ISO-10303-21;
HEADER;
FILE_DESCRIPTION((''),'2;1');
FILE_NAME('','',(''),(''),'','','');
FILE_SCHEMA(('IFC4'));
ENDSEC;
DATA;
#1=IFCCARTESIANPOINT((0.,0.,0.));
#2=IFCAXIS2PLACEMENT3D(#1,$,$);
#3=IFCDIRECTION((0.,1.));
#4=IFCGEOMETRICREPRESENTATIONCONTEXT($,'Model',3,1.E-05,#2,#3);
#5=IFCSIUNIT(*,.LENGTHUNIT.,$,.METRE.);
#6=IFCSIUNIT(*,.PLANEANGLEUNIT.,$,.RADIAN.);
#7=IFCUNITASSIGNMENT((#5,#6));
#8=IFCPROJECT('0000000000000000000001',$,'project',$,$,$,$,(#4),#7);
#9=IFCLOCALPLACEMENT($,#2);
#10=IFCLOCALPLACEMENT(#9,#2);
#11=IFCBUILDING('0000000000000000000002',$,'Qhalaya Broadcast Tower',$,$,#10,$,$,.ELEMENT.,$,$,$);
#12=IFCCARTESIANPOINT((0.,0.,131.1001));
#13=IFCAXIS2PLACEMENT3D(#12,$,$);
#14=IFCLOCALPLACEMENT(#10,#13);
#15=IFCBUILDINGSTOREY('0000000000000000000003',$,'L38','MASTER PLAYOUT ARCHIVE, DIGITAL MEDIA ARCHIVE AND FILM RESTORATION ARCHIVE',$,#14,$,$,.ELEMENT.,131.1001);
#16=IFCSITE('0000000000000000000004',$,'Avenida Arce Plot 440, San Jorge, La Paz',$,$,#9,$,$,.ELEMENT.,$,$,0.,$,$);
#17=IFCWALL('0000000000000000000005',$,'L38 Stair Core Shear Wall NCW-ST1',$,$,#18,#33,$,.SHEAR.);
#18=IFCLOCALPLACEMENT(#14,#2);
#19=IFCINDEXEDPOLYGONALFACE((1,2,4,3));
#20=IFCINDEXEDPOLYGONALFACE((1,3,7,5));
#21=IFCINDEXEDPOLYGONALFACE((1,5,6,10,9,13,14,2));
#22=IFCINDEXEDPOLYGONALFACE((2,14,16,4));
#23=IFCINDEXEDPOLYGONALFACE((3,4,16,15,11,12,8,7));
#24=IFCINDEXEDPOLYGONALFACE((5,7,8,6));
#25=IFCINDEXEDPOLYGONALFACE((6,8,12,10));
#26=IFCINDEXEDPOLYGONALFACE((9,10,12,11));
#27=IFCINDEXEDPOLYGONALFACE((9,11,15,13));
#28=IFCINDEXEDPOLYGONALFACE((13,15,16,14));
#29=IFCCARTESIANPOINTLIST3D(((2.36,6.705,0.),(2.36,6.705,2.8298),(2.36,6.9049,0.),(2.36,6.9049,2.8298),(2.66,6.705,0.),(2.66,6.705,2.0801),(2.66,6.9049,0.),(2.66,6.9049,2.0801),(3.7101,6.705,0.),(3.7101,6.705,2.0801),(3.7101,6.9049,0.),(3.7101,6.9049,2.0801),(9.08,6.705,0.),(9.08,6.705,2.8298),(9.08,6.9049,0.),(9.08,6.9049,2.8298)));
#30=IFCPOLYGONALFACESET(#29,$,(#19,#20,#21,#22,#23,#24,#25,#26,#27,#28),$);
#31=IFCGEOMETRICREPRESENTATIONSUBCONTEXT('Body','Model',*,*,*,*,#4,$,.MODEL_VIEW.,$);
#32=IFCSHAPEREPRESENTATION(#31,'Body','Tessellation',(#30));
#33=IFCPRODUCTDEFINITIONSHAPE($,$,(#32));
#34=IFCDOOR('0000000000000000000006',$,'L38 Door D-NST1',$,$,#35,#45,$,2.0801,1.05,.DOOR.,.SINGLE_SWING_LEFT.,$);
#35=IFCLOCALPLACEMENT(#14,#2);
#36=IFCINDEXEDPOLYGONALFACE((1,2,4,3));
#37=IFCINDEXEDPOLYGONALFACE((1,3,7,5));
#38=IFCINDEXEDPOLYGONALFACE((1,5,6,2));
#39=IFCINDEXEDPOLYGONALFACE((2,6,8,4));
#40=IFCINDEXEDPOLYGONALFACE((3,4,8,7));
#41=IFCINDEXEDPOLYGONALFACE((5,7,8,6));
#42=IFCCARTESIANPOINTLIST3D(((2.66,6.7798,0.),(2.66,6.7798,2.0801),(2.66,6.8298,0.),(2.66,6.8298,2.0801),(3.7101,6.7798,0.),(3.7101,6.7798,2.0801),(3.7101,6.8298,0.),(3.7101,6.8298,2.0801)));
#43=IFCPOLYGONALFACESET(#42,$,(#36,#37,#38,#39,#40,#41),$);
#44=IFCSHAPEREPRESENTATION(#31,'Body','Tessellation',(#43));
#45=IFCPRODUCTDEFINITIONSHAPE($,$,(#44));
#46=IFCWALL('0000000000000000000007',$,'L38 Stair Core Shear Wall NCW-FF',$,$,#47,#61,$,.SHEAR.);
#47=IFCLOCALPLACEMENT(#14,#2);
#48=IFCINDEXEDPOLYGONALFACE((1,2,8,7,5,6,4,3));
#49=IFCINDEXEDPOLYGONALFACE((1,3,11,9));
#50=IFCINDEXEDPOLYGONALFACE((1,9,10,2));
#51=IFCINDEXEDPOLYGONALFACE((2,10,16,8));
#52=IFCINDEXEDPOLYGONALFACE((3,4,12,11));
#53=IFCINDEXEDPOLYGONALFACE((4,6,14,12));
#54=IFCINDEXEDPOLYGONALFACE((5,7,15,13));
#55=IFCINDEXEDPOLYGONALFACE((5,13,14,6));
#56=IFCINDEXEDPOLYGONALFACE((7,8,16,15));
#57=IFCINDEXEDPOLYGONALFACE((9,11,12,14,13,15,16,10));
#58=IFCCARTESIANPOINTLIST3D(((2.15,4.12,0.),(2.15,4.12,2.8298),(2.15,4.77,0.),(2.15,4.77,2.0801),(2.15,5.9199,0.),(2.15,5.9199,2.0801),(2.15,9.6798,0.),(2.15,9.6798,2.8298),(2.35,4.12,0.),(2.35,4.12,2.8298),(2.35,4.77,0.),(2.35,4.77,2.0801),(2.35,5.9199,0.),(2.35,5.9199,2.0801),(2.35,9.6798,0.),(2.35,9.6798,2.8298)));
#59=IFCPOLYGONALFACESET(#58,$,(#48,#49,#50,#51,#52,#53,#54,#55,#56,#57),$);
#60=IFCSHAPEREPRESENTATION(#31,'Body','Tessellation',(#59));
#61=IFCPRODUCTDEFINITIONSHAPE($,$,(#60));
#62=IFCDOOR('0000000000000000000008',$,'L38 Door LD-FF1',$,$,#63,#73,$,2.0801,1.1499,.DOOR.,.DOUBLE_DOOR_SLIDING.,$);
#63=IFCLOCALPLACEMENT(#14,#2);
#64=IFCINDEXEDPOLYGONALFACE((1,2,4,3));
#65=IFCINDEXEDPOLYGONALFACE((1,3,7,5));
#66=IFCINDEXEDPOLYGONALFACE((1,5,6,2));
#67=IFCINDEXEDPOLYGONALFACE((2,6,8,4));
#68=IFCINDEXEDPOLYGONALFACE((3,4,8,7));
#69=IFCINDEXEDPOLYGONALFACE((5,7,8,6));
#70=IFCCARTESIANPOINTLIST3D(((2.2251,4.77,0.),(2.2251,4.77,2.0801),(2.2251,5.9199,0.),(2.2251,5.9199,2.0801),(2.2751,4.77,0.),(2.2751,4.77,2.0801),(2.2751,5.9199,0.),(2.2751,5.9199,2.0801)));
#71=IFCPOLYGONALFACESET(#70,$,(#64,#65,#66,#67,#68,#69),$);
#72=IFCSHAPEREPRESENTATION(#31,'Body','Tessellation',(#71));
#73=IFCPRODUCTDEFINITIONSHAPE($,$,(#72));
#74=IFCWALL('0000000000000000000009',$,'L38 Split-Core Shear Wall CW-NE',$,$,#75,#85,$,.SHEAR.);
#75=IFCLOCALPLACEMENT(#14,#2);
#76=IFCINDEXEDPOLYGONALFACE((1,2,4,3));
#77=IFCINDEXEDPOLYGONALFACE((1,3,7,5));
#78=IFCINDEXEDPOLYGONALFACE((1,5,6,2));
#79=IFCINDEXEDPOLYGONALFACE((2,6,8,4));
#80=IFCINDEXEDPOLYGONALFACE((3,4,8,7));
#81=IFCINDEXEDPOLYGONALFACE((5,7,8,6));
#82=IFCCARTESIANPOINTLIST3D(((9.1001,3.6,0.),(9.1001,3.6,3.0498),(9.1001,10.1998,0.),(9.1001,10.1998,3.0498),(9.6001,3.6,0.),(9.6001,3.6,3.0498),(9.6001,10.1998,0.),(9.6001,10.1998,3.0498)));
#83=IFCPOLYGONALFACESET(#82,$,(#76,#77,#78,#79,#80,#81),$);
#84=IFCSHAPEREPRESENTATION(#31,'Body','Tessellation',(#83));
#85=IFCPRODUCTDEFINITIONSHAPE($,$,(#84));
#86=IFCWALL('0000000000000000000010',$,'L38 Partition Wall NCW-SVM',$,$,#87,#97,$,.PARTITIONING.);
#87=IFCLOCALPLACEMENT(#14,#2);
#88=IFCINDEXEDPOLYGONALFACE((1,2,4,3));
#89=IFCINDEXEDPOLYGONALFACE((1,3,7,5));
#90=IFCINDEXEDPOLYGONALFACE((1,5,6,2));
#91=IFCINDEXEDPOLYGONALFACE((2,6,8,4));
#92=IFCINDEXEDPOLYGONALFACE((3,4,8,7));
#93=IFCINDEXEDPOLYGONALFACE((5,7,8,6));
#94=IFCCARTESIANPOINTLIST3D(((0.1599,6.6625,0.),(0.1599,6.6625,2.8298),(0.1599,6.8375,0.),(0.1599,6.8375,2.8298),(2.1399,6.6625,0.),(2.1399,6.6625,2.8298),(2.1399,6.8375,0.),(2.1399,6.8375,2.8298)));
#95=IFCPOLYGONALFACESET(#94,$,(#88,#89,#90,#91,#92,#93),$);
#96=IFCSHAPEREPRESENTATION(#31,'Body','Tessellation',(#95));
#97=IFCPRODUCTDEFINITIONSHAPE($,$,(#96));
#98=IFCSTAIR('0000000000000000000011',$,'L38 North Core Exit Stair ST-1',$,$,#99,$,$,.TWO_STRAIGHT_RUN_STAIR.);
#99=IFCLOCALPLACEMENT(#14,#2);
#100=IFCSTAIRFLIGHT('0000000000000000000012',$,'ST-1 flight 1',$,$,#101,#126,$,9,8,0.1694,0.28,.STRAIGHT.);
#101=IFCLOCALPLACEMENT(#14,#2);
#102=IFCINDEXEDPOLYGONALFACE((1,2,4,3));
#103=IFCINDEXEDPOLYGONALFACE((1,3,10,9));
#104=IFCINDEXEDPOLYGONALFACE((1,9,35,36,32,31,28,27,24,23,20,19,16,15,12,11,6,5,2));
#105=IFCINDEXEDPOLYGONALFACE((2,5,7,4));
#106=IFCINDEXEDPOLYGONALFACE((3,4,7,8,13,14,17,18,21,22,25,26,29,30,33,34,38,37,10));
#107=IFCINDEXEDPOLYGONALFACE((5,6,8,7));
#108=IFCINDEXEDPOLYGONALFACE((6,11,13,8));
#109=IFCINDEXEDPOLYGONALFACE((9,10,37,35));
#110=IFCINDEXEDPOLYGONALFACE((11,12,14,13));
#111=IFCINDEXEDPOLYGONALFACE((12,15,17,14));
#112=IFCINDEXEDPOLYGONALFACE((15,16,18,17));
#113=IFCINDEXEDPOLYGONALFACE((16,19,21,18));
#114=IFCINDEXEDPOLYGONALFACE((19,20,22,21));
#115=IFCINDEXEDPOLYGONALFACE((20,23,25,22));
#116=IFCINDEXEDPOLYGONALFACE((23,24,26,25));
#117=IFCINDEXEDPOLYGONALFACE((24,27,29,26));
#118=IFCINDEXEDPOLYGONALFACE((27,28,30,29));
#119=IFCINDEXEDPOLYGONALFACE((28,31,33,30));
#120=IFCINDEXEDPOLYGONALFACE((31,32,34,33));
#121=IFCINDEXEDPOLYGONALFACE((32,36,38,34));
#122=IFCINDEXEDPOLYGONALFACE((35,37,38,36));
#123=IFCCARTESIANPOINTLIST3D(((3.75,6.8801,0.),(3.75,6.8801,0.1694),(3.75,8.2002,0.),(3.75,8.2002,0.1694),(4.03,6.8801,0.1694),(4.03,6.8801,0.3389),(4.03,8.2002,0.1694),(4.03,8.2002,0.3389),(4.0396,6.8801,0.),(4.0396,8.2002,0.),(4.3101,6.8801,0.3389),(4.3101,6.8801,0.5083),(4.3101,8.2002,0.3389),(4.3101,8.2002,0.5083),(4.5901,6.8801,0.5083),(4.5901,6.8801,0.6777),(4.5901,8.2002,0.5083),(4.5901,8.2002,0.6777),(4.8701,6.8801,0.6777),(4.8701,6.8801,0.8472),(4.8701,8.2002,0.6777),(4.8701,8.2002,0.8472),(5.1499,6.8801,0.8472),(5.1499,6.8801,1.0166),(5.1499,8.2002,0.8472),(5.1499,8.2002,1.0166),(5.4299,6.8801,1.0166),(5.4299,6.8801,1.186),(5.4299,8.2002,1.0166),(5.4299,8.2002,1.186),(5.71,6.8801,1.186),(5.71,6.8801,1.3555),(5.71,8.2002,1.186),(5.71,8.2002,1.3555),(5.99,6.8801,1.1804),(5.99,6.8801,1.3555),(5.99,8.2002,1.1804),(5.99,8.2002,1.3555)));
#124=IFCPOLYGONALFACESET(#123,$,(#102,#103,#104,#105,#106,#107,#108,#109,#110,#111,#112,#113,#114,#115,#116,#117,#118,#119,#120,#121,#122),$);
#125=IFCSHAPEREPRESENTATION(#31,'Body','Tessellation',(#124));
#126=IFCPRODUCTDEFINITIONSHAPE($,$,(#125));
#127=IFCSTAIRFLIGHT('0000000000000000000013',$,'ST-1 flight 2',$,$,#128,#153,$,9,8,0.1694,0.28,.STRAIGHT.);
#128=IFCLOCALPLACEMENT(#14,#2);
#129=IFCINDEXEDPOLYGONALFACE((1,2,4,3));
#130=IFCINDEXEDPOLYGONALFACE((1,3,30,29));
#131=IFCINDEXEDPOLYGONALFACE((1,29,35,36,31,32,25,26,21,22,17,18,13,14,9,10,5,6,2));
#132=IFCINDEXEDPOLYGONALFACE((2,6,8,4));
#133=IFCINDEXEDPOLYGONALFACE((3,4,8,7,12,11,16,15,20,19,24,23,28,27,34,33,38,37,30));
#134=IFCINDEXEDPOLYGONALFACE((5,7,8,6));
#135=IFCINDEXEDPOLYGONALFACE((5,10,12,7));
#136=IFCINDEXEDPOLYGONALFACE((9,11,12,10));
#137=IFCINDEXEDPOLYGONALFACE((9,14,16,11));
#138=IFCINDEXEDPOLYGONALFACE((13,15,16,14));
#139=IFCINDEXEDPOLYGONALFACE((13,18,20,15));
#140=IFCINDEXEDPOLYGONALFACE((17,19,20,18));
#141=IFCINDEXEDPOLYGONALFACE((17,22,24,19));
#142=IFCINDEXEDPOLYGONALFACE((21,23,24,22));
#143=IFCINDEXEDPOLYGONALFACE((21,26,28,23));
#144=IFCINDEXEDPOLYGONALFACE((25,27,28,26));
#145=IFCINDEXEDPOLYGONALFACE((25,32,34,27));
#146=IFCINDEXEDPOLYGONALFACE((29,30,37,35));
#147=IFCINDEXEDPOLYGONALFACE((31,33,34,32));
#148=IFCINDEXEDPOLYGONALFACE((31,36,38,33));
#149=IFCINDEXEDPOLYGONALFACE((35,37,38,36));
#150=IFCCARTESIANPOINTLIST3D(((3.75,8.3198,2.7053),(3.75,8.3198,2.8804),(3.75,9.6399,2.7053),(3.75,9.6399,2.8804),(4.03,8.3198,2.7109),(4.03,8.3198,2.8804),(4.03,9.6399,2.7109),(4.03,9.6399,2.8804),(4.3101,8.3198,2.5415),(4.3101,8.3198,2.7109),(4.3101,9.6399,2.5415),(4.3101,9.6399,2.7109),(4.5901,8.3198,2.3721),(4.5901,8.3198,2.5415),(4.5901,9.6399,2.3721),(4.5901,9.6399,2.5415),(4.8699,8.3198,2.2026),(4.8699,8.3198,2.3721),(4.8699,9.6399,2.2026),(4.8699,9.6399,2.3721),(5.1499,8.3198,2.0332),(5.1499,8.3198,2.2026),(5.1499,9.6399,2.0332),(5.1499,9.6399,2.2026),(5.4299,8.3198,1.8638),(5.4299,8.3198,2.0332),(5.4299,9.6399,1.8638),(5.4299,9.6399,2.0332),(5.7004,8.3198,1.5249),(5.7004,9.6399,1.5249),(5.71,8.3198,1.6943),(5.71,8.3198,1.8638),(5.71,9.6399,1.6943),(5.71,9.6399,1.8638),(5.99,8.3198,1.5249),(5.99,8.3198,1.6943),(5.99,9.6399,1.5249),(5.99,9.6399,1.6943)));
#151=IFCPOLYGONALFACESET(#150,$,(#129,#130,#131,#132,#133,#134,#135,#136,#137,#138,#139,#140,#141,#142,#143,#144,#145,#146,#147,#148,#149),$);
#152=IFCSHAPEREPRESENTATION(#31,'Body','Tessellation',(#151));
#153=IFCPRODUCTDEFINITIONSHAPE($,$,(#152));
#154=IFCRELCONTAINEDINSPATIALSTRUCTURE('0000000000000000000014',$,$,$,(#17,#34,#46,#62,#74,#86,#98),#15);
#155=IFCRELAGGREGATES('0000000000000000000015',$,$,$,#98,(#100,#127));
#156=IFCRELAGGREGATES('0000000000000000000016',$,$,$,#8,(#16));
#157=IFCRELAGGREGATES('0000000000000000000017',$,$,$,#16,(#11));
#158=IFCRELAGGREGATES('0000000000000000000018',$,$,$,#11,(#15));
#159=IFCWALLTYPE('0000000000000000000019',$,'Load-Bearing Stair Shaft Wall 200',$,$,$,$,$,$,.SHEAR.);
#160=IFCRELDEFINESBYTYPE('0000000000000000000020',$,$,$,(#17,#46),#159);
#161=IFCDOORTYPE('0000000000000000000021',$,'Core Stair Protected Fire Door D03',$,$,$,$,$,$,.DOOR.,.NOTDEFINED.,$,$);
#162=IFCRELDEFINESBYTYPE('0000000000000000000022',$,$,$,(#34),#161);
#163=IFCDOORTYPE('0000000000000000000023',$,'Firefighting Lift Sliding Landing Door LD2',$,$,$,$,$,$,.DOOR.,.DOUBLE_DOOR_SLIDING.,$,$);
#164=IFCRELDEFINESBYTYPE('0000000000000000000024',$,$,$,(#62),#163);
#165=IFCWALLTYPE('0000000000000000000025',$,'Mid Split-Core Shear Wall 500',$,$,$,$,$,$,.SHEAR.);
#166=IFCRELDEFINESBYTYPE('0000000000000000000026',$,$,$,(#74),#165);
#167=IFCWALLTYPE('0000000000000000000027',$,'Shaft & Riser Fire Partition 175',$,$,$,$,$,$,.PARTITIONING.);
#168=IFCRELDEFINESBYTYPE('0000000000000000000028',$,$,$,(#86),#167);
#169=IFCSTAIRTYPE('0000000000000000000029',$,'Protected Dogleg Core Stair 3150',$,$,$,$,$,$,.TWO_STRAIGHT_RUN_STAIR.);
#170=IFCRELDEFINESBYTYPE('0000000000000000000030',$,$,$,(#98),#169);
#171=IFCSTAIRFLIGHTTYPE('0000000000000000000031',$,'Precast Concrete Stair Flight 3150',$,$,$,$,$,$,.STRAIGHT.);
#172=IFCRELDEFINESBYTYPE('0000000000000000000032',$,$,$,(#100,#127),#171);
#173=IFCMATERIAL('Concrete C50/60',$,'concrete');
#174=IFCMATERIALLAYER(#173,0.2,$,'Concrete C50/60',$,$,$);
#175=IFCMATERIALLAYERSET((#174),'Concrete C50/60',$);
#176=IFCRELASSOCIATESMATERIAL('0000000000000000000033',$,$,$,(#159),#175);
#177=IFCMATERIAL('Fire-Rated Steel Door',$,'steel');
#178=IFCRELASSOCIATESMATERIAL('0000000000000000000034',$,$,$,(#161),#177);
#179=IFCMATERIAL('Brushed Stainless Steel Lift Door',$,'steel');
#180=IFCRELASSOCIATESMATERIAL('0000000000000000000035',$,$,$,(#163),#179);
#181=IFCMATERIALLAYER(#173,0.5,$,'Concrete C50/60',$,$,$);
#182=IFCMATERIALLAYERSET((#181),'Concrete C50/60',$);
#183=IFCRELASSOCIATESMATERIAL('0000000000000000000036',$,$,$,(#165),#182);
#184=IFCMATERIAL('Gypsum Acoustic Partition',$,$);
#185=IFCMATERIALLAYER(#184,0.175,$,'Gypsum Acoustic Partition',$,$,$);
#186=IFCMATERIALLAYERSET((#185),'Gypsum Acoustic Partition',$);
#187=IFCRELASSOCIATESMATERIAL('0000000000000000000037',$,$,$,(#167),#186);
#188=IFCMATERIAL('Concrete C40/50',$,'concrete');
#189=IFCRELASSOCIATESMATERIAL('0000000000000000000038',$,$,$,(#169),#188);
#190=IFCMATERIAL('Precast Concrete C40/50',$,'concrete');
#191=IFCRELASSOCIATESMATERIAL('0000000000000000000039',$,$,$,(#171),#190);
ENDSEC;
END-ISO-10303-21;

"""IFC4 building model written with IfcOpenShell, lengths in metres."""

from ifc_helpers import new_model, si_unit, direction, frame, frame_2d, origin, place, context, subcontext, project, spatial, polyline, rectangle, outline, extrude, material, layer, layer_set, type_object, element, fill, aggregate, save


model = new_model("IFC4")

# Units and contexts
model_context = context("Model", 3, precision=1e-05, world=origin(), true_north=direction((0.0, 1.0)))
body_context = subcontext(model_context, "Body", "Model", "MODEL_VIEW")
ifc_project = project(units=[si_unit("LENGTHUNIT", "METRE"), si_unit("PLANEANGLEUNIT", "RADIAN")], contexts=[model_context])

# Site, building, storey
site_placement = place(None, origin())
site = spatial("IfcSite", under=ifc_project, at=site_placement, Name="Avenida Arce Plot 440, San Jorge, La Paz", CompositionType="ELEMENT", RefElevation=0.0)
building_placement = place(site_placement, origin())
building = spatial("IfcBuilding", under=site, at=building_placement, Name="Qhalaya Broadcast Tower", CompositionType="ELEMENT")
storey_placement = place(building_placement, frame((0.0, 0.0, 131.1001)))
storey = spatial("IfcBuildingStorey", under=building, at=storey_placement, Name="L38", Description="MASTER PLAYOUT ARCHIVE, DIGITAL MEDIA ARCHIVE AND FILM RESTORATION ARCHIVE", CompositionType="ELEMENT", Elevation=131.1001)

# Shared definitions
ifc_material_1 = material(Name="Concrete C50/60", Category="concrete")

# Walls, openings, doors
ifc_material_2 = material(Name="Gypsum Acoustic Partition")
ifc_layer_1 = layer(ifc_material_1, 0.2, Name="Concrete C50/60")
ifc_layer_set_1 = layer_set([ifc_layer_1], Name="Concrete C50/60")
wall_type_1 = type_object("IfcWallType", Name="Load-Bearing Stair Shaft Wall 200", PredefinedType="SHEAR", material=ifc_layer_set_1)
wall_1_placement = place(storey_placement, frame((2.3601, 6.8049, 0.0), z_axis=(0.0, 0.0, 1.0), x_axis=(1.0, 0.0, 0.0)))
wall_1 = element("IfcWall", 1, at=wall_1_placement, inside=storey, type_object=wall_type_1, Name="L38 Stair Core Shear Wall NCW-ST1", PredefinedType="SHEAR", context=body_context, shape_type="SweptSolid", body=[
    extrude(rectangle(XDim=6.72, YDim=0.2, at=frame_2d((3.3599, 0.0))), origin(), (0.0, 0.0, 1.0), 2.8298),
])
opening_1_placement = place(wall_1_placement, frame((0.3, 0.0, 0.0)))
opening_1 = element("IfcOpeningElement", 2, at=opening_1_placement, cuts=wall_1, PredefinedType="OPENING", context=body_context, shape_type="SweptSolid", body=[
    extrude(rectangle(XDim=1.05, YDim=2.0801, at=frame_2d((0.5249, 1.04))), frame((0.0, 0.1121, 0.0), z_axis=(0.0, -1.0, 0.0), x_axis=(1.0, 0.0, 0.0)), (0.0, 0.0, 1.0), 0.2239),
])
ifc_material_3 = material(Name="Fire-Rated Steel Door", Category="steel")
door_type_1 = type_object("IfcDoorType", Name="Core Stair Protected Fire Door D03", OperationType="NOTDEFINED", PredefinedType="DOOR", material=ifc_material_3)
door_1_placement = place(opening_1_placement, origin())
door_1 = element("IfcDoor", 3, at=door_1_placement, inside=storey, type_object=door_type_1, Name="L38 Door D-NST1", OperationType="SINGLE_SWING_LEFT", OverallHeight=2.0801, OverallWidth=1.05, PredefinedType="DOOR", context=body_context, shape_type="SweptSolid", body=[
    extrude(rectangle(XDim=1.05, YDim=2.0801, at=frame_2d((0.5249, 1.04))), frame((0.0, 0.0249, 0.0), z_axis=(0.0, -1.0, 0.0), x_axis=(1.0, 0.0, 0.0)), (0.0, 0.0, 1.0), 0.05),
])
fill(opening_1, door_1)
wall_2_placement = place(storey_placement, frame((2.25, 4.1201, 0.0), z_axis=(0.0, 0.0, 1.0), x_axis=(0.0, 1.0, 0.0)))
wall_2 = element("IfcWall", 4, at=wall_2_placement, inside=storey, type_object=wall_type_1, Name="L38 Stair Core Shear Wall NCW-FF", PredefinedType="SHEAR", context=body_context, shape_type="SweptSolid", body=[
    extrude(rectangle(XDim=5.5598, YDim=0.2, at=frame_2d((2.7798, 0.0))), origin(), (0.0, 0.0, 1.0), 2.8298),
])
opening_2_placement = place(wall_2_placement, frame((0.6499, 0.0, 0.0)))
opening_2 = element("IfcOpeningElement", 5, at=opening_2_placement, cuts=wall_2, PredefinedType="OPENING", context=body_context, shape_type="SweptSolid", body=[
    extrude(rectangle(XDim=1.1499, YDim=2.0801, at=frame_2d((0.575, 1.04))), frame((0.0, 0.1121, 0.0), z_axis=(0.0, -1.0, 0.0), x_axis=(1.0, 0.0, 0.0)), (0.0, 0.0, 1.0), 0.2239),
])
ifc_material_4 = material(Name="Brushed Stainless Steel Lift Door", Category="steel")
door_type_2 = type_object("IfcDoorType", Name="Firefighting Lift Sliding Landing Door LD2", OperationType="DOUBLE_DOOR_SLIDING", PredefinedType="DOOR", material=ifc_material_4)
door_2_placement = place(opening_2_placement, origin())
door_2 = element("IfcDoor", 6, at=door_2_placement, inside=storey, type_object=door_type_2, Name="L38 Door LD-FF1", OperationType="DOUBLE_DOOR_SLIDING", OverallHeight=2.0801, OverallWidth=1.1499, PredefinedType="DOOR", context=body_context, shape_type="SweptSolid", body=[
    extrude(rectangle(XDim=1.1499, YDim=2.0801, at=frame_2d((0.575, 1.04))), frame((0.0, 0.0249, 0.0), z_axis=(0.0, -1.0, 0.0), x_axis=(1.0, 0.0, 0.0)), (0.0, 0.0, 1.0), 0.05),
])
fill(opening_2, door_2)

# Wall
ifc_layer_2 = layer(ifc_material_1, 0.5, Name="Concrete C50/60")
ifc_layer_set_2 = layer_set([ifc_layer_2], Name="Concrete C50/60")
wall_type_2 = type_object("IfcWallType", Name="Mid Split-Core Shear Wall 500", PredefinedType="SHEAR", material=ifc_layer_set_2)
wall_3_placement = place(storey_placement, frame((9.3501, 3.6001, 0.0), z_axis=(0.0, 0.0, 1.0), x_axis=(0.0, 1.0, 0.0)))
element("IfcWall", 7, at=wall_3_placement, inside=storey, type_object=wall_type_2, Name="L38 Split-Core Shear Wall CW-NE", PredefinedType="SHEAR", context=body_context, shape_type="SweptSolid", body=[
    extrude(rectangle(XDim=6.5999, YDim=0.5, at=frame_2d((3.2998, 0.0))), origin(), (0.0, 0.0, 1.0), 3.0498),
])

# Shared definitions
ifc_layer_3 = layer(ifc_material_2, 0.175, Name="Gypsum Acoustic Partition")
ifc_layer_set_3 = layer_set([ifc_layer_3], Name="Gypsum Acoustic Partition")
wall_type_3 = type_object("IfcWallType", Name="Shaft & Riser Fire Partition 175", PredefinedType="PARTITIONING", material=ifc_layer_set_3)

# Wall
wall_4_placement = place(storey_placement, frame((0.1599, 6.75, 0.0), z_axis=(0.0, 0.0, 1.0), x_axis=(1.0, 0.0, 0.0)))
element("IfcWall", 8, at=wall_4_placement, inside=storey, type_object=wall_type_3, Name="L38 Partition Wall NCW-SVM", PredefinedType="PARTITIONING", context=body_context, shape_type="SweptSolid", body=[
    extrude(rectangle(XDim=1.98, YDim=0.175, at=frame_2d((0.99, 0.0))), origin(), (0.0, 0.0, 1.0), 2.8298),
])

# Stair, stair flights
ifc_material_5 = material(Name="Concrete C40/50", Category="concrete")
stair_type = type_object("IfcStairType", Name="Protected Dogleg Core Stair 3150", PredefinedType="TWO_STRAIGHT_RUN_STAIR", material=ifc_material_5)
stair_placement = place(storey_placement, origin())
stair = element("IfcStair", 9, at=stair_placement, inside=storey, type_object=stair_type, Name="L38 North Core Exit Stair ST-1", PredefinedType="TWO_STRAIGHT_RUN_STAIR")
ifc_material_6 = material(Name="Precast Concrete C40/50", Category="concrete")
stair_flight_type = type_object("IfcStairFlightType", Name="Precast Concrete Stair Flight 3150", PredefinedType="STRAIGHT", material=ifc_material_6)
stair_flight_1_placement = place(storey_placement, frame((3.75, 7.54, 0.0), z_axis=(0.0, 0.0, 1.0), x_axis=(1.0, 0.0, 0.0)))
stair_flight_1 = element("IfcStairFlight", 10, at=stair_flight_1_placement, type_object=stair_flight_type, Name="ST-1 flight 1", NumberOfRisers=9, NumberOfTreads=8, PredefinedType="STRAIGHT", RiserHeight=0.1694, TreadLength=0.28, context=body_context, shape_type="SweptSolid", body=[
    extrude(outline(polyline([(0.0, 0.0), (0.0, 0.1694), (0.28, 0.1694), (0.28, 0.3389), (0.5601, 0.3389), (0.5601, 0.5083), (0.8401, 0.5083), (0.8401, 0.6777), (1.1201, 0.6777), (1.1201, 0.8472), (1.3999, 0.8472), (1.3999, 1.0166), (1.6799, 1.0166), (1.6799, 1.186), (1.96, 1.186), (1.96, 1.3555), (2.24, 1.3555), (2.24, 1.5249), (2.24, 1.1804), (0.2896, 0.0), (0.0, 0.0)])), frame((0.0, 0.6602, 0.0), z_axis=(0.0, -1.0, 0.0), x_axis=(1.0, 0.0, 0.0)), (0.0, 0.0, 1.0), 1.3201),
])
stair_flight_2_placement = place(storey_placement, frame((5.99, 8.98, 1.5249), z_axis=(0.0, 0.0, 1.0), x_axis=(-1.0, 0.0, 0.0)))
stair_flight_2 = element("IfcStairFlight", 11, at=stair_flight_2_placement, type_object=stair_flight_type, Name="ST-1 flight 2", NumberOfRisers=9, NumberOfTreads=8, PredefinedType="STRAIGHT", RiserHeight=0.1694, TreadLength=0.28, context=body_context, shape_type="SweptSolid", body=[
    extrude(outline(polyline([(0.0, 0.0), (0.0, 0.1694), (0.28, 0.1694), (0.28, 0.3389), (0.5601, 0.3389), (0.5601, 0.5083), (0.8401, 0.5083), (0.8401, 0.6777), (1.1201, 0.6777), (1.1201, 0.8472), (1.3999, 0.8472), (1.3999, 1.0166), (1.6799, 1.0166), (1.6799, 1.186), (1.96, 1.186), (1.96, 1.3555), (2.24, 1.3555), (2.24, 1.5249), (2.24, 1.1804), (0.2896, 0.0), (0.0, 0.0)])), frame((0.0, 0.6602, 0.0), z_axis=(0.0, -1.0, 0.0), x_axis=(1.0, 0.0, 0.0)), (0.0, 0.0, 1.0), 1.3201),
])
aggregate(stair, [stair_flight_1, stair_flight_2])

save(model, "model.ifc")
